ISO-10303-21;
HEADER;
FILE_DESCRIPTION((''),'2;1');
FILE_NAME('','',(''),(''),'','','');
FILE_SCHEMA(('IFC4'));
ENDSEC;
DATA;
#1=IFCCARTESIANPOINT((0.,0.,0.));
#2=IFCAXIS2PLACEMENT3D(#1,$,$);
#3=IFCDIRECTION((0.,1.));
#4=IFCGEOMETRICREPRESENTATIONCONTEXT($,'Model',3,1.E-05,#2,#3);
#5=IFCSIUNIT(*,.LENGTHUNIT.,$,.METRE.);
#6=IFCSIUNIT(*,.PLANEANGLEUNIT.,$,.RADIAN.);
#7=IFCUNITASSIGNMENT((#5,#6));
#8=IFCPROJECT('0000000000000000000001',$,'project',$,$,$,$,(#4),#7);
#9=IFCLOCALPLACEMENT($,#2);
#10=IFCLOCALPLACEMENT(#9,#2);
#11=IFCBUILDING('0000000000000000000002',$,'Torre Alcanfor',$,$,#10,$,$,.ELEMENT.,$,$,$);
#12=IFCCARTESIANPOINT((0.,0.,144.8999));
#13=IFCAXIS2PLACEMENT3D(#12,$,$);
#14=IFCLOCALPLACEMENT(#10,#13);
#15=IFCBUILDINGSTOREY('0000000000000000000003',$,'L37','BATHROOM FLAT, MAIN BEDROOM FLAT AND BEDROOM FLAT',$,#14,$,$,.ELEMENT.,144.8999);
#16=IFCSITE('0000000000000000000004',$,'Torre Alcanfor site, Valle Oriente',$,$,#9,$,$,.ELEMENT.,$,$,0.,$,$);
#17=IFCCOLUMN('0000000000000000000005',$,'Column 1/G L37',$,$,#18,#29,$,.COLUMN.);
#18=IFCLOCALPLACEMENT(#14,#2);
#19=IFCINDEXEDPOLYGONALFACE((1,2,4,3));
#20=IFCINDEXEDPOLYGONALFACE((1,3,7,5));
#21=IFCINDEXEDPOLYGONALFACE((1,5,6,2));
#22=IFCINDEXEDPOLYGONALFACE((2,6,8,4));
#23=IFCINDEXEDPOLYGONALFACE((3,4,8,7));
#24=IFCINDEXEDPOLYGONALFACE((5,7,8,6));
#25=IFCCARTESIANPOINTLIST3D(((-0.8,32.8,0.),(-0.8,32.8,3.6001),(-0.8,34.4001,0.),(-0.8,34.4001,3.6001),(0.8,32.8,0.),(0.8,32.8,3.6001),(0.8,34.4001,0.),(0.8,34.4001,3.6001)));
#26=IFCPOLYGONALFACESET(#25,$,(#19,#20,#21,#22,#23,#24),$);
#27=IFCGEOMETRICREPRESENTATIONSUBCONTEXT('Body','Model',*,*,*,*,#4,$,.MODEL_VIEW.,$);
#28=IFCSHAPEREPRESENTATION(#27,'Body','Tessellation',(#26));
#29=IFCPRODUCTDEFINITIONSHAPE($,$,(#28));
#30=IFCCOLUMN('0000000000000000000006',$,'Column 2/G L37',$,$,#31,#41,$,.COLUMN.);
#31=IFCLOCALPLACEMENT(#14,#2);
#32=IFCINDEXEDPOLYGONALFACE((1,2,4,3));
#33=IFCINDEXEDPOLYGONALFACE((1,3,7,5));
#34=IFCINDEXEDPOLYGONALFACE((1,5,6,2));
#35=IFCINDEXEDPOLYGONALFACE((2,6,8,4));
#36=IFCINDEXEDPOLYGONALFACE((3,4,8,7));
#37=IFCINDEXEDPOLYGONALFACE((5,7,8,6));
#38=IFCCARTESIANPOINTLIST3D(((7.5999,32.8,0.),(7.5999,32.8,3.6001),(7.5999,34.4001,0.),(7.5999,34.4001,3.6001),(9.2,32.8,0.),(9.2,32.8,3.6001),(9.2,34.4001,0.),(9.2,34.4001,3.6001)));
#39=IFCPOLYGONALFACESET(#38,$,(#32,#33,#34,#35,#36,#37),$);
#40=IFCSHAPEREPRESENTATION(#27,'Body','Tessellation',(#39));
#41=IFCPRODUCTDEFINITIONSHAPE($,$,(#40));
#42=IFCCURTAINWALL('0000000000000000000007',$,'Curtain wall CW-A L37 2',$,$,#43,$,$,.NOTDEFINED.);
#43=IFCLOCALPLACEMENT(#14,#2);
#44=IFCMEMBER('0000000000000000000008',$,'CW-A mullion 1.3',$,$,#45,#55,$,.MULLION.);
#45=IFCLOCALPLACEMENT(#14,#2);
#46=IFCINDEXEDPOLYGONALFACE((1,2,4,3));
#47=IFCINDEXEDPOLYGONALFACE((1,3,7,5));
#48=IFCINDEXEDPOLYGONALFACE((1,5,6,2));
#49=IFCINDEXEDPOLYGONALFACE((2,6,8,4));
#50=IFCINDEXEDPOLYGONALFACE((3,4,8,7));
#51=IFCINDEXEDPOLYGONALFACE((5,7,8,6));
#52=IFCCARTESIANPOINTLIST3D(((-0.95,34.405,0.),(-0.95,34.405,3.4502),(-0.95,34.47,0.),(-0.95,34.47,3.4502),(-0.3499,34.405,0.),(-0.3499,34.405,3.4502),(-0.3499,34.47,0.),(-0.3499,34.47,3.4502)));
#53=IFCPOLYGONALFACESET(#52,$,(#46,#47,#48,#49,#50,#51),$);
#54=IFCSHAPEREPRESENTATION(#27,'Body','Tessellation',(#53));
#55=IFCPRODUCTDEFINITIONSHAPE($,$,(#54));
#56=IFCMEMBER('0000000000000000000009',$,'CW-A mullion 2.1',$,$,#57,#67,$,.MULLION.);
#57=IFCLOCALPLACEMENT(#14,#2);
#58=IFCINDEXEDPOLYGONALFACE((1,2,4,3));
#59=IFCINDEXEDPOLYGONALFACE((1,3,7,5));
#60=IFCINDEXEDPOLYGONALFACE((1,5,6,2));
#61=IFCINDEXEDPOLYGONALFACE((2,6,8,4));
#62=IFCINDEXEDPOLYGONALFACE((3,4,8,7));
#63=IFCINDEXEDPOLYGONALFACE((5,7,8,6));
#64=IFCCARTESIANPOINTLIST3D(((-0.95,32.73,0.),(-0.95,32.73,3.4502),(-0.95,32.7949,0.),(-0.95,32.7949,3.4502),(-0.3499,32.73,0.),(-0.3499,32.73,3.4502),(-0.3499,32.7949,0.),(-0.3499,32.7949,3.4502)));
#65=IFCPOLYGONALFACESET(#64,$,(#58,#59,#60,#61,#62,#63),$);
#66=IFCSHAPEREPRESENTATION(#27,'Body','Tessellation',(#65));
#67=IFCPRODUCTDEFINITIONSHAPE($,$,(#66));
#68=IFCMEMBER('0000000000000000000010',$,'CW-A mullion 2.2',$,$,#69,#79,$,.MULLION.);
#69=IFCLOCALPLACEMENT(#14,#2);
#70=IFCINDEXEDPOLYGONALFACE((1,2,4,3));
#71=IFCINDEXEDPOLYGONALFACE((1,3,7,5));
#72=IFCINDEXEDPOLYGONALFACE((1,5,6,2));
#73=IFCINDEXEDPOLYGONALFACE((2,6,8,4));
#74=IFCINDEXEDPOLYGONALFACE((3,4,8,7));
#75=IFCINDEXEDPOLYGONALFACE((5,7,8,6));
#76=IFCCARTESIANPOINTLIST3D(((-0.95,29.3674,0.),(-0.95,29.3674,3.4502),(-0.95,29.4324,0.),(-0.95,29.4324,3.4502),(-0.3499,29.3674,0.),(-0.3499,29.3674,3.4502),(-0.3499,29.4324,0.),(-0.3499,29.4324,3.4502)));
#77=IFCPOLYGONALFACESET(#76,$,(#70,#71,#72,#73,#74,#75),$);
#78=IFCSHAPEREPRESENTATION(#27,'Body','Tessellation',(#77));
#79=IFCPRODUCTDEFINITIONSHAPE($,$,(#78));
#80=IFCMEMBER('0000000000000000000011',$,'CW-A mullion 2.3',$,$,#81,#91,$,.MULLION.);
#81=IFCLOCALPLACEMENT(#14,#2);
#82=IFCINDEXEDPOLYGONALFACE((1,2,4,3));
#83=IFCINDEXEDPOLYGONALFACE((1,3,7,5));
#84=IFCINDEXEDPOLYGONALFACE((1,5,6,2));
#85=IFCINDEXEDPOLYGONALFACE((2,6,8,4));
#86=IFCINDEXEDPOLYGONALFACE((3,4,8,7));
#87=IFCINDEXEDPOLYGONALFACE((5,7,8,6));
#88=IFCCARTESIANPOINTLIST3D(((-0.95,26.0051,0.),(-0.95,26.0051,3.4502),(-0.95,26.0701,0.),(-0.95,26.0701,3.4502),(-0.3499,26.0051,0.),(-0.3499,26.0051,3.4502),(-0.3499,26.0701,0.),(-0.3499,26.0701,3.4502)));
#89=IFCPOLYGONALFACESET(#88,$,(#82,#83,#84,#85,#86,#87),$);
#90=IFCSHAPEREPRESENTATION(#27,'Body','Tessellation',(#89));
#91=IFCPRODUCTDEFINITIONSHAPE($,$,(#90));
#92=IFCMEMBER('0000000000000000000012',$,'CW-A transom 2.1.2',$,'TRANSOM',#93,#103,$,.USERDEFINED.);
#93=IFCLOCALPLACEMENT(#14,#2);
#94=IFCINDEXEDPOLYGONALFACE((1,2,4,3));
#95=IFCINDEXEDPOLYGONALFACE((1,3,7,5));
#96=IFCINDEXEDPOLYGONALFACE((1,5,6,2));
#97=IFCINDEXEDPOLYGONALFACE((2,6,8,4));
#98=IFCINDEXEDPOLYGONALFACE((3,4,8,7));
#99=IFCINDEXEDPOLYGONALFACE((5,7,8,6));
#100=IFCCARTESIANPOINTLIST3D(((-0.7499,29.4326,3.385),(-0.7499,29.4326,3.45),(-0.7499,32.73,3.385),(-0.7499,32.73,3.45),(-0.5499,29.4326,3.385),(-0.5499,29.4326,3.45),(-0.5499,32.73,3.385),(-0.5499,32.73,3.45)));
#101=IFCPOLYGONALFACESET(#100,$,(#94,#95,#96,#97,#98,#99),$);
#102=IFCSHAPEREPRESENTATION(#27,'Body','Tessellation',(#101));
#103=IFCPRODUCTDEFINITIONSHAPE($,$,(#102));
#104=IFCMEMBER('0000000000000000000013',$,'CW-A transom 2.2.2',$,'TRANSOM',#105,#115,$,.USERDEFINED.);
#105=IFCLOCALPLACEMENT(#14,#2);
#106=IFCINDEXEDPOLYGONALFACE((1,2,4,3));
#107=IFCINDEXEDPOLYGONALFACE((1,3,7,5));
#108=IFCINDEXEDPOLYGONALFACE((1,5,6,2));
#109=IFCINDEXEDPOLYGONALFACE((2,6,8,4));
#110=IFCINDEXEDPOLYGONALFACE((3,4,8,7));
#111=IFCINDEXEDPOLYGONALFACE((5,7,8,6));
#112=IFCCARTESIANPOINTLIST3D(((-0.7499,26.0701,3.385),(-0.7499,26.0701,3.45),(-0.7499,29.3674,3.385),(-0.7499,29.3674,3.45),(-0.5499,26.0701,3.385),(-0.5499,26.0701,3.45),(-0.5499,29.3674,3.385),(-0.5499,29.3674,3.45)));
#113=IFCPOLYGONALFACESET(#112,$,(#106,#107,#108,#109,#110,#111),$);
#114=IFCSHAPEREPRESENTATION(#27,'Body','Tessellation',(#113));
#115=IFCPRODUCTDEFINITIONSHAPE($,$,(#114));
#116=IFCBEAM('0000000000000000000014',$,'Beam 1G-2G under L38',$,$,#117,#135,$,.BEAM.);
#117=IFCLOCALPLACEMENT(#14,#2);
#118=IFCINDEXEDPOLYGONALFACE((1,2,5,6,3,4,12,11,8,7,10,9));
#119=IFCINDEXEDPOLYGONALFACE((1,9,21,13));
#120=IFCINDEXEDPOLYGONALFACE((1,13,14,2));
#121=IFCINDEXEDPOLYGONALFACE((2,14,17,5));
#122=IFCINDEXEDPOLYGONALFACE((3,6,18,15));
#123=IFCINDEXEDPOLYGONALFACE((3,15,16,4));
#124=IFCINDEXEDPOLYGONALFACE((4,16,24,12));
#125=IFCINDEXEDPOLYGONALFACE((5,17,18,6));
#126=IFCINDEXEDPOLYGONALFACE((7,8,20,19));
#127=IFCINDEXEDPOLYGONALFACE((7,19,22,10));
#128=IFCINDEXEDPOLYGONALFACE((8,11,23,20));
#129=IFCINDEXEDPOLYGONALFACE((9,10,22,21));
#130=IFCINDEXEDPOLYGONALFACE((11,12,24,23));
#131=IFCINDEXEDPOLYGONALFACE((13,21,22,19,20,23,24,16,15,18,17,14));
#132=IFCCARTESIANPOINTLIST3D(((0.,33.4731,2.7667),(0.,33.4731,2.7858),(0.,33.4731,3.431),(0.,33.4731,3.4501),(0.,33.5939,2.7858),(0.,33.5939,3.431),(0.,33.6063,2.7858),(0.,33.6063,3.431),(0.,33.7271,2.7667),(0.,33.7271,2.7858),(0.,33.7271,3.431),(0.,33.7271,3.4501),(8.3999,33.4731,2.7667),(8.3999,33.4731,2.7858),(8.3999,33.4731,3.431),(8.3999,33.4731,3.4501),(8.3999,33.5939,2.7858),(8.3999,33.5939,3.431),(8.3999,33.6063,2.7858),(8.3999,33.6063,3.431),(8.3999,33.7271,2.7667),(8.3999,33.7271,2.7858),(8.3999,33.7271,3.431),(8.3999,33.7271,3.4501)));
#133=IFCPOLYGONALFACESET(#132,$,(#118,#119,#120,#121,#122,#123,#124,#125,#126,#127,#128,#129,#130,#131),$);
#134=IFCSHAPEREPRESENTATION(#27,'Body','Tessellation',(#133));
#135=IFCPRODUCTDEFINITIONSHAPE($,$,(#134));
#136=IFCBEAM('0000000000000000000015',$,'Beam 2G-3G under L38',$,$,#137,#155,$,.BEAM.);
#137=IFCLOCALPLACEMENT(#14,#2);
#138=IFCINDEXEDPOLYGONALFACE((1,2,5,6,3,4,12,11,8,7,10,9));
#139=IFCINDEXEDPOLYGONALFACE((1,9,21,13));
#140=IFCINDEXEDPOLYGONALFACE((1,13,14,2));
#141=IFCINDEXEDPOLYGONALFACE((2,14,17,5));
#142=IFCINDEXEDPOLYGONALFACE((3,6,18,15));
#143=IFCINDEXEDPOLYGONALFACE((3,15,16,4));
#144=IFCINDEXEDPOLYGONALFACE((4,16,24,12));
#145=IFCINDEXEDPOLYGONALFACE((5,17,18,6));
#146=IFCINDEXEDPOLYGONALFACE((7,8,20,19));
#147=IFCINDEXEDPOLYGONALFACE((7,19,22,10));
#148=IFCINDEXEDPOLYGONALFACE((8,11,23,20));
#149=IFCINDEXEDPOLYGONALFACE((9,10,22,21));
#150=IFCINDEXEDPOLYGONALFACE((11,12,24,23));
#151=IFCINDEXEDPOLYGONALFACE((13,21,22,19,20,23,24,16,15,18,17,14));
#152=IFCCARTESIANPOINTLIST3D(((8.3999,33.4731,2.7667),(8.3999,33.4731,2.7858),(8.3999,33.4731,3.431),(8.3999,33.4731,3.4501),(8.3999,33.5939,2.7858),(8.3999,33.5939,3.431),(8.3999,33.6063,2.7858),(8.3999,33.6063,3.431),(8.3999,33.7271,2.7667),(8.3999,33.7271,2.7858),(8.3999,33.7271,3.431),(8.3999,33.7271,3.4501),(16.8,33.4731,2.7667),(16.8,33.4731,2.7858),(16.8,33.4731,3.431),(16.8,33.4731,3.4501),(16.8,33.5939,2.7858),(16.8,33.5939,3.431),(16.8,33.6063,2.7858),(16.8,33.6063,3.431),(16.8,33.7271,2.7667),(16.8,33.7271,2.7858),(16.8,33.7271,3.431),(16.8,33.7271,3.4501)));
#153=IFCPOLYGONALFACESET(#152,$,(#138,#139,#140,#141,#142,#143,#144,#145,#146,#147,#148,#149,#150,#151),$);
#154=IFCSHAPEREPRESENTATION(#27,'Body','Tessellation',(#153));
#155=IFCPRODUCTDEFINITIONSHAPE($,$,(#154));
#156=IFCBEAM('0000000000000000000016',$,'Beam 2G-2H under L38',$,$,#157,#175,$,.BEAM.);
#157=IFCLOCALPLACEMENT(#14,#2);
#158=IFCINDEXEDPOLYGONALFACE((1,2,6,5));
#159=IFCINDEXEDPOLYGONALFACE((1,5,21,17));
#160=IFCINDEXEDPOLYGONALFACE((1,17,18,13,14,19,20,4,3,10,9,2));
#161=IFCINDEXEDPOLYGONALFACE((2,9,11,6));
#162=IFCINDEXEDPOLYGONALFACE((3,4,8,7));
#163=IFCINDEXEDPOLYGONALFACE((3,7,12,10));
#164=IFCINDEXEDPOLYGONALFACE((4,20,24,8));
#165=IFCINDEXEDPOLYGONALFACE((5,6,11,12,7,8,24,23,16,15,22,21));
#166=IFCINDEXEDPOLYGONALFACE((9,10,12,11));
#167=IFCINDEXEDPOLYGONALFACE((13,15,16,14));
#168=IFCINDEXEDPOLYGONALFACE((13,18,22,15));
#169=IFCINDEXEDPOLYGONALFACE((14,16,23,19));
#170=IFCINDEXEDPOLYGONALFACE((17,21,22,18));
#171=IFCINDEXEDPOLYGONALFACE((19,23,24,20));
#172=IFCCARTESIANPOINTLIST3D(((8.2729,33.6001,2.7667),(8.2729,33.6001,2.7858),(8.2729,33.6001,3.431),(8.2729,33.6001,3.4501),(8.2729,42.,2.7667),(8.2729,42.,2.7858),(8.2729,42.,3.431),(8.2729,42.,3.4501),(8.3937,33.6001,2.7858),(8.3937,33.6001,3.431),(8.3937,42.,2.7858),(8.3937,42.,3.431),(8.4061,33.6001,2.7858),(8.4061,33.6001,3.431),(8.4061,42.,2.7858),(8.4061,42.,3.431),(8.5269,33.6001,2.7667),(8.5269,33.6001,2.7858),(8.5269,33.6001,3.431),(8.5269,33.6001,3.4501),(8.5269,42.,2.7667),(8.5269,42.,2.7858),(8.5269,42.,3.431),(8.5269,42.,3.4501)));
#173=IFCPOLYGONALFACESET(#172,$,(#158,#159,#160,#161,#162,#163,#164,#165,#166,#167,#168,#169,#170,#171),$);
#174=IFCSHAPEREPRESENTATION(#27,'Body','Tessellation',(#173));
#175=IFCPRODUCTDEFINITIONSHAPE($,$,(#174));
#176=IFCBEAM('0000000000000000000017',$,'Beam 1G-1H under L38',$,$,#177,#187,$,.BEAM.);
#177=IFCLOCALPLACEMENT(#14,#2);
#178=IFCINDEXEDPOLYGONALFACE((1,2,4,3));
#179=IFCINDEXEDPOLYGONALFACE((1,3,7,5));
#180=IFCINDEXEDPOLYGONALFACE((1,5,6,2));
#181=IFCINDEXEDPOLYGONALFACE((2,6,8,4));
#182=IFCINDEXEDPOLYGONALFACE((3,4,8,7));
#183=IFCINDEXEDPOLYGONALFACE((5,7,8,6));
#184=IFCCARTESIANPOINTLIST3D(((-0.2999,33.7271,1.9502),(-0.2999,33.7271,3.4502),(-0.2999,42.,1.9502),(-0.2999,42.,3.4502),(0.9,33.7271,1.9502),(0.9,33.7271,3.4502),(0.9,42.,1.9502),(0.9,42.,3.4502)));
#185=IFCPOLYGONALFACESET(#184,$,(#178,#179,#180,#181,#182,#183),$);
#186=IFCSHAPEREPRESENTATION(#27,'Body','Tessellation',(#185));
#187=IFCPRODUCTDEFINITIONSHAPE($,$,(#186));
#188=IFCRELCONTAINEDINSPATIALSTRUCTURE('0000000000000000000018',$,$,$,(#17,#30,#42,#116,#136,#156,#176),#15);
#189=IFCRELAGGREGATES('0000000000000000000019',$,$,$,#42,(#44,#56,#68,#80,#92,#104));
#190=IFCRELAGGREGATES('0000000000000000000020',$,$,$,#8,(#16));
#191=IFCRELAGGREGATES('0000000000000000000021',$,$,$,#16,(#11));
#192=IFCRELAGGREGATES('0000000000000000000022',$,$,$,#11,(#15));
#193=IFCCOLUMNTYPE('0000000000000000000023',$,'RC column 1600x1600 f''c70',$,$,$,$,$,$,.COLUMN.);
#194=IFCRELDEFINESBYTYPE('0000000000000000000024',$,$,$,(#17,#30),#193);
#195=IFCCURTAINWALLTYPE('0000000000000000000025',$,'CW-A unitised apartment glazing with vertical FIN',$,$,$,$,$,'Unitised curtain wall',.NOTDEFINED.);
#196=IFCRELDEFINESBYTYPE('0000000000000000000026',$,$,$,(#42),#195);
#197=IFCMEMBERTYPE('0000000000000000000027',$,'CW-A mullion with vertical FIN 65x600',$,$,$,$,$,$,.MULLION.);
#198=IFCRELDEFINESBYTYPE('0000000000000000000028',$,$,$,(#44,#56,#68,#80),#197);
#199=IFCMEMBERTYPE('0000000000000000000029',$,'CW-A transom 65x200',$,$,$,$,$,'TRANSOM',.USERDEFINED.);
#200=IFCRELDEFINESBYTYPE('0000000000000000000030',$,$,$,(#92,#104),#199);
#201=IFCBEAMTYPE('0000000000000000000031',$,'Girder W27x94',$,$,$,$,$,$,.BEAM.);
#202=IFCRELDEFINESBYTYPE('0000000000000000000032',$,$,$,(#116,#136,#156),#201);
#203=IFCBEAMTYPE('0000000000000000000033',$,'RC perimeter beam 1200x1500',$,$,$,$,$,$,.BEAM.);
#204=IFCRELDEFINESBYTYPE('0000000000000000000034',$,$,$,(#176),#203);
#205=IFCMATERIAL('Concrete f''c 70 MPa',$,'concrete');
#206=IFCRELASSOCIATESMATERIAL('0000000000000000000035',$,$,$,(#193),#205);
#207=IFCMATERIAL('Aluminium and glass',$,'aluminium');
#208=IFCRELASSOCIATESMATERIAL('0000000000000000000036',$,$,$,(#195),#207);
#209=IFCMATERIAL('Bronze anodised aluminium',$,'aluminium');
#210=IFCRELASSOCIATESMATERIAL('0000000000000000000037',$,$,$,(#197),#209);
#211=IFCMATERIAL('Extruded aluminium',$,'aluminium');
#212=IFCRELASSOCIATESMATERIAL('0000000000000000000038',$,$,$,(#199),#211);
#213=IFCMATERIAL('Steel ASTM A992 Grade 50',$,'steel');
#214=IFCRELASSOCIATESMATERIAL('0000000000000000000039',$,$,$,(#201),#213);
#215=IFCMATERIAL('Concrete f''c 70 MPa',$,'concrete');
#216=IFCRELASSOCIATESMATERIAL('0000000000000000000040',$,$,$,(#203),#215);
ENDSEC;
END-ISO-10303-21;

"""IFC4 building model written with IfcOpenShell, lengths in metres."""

from ifc_helpers import new_model, si_unit, direction, frame, origin, origin_2d, place, context, subcontext, project, spatial, rectangle, i_section, extrude, material, material_profile, profile_set, type_object, element, aggregate, save


model = new_model("IFC4")

# Units and contexts
model_context = context("Model", 3, precision=1e-05, world=origin(), true_north=direction((0.0, 1.0)))
body_context = subcontext(model_context, "Body", "Model", "MODEL_VIEW")
ifc_project = project(units=[si_unit("LENGTHUNIT", "METRE"), si_unit("PLANEANGLEUNIT", "RADIAN")], contexts=[model_context])

# Site, building, storey
site_placement = place(None, origin())
site = spatial("IfcSite", under=ifc_project, at=site_placement, Name="Torre Alcanfor site, Valle Oriente", CompositionType="ELEMENT", RefElevation=0.0)
building_placement = place(site_placement, origin())
building = spatial("IfcBuilding", under=site, at=building_placement, Name="Torre Alcanfor", CompositionType="ELEMENT")
storey_placement = place(building_placement, frame((0.0, 0.0, 144.8999)))
storey = spatial("IfcBuildingStorey", under=building, at=storey_placement, Name="L37", Description="BATHROOM FLAT, MAIN BEDROOM FLAT AND BEDROOM FLAT", CompositionType="ELEMENT", Elevation=144.8999)

# Columns
ifc_material_1 = material(Name="Concrete f'c 70 MPa", Category="concrete")
ifc_material_profile_1 = material_profile(ifc_material_1, rectangle(XDim=1.6001, YDim=1.6001, at=origin_2d()), Name="1600x1600")
ifc_profile_set_1 = profile_set([ifc_material_profile_1], Name="Concrete f'c 70 MPa")
column_type = type_object("IfcColumnType", Name="RC column 1600x1600 f'c70", PredefinedType="COLUMN", material=ifc_profile_set_1)
for number, where, z_axis, x_axis, name in (
    (1, (0.0, 33.6001, 0.0), (0.0, 0.0, 1.0), (1.0, 0.0, 0.0), "Column 1/G L37"),
    (2, (8.3999, 33.6001, 0.0), (0.0, 0.0, 1.0), (1.0, 0.0, 0.0), "Column 2/G L37"),
):
    element("IfcColumn", number, at=place(storey_placement, frame(where, z_axis=z_axis, x_axis=x_axis)), inside=storey, type_object=column_type, Name=name, PredefinedType="COLUMN", context=body_context, shape_type="SweptSolid", body=[
        extrude(rectangle(XDim=1.6001, YDim=1.6001, at=origin_2d()), origin(), (0.0, 0.0, 1.0), 3.6001),
    ])

# Curtain wall, members
ifc_material_2 = material(Name="Aluminium and glass", Category="aluminium")
curtain_wall_type = type_object("IfcCurtainWallType", Name="CW-A unitised apartment glazing with vertical FIN", ElementType="Unitised curtain wall", PredefinedType="NOTDEFINED", material=ifc_material_2)
curtain_wall_placement = place(storey_placement, origin())
curtain_wall = element("IfcCurtainWall", 3, at=curtain_wall_placement, inside=storey, type_object=curtain_wall_type, Name="Curtain wall CW-A L37 2", PredefinedType="NOTDEFINED")
ifc_material_3 = material(Name="Bronze anodised aluminium", Category="aluminium")
ifc_material_profile_2 = material_profile(ifc_material_3, rectangle(XDim=0.6001, YDim=0.0649, at=origin_2d()), Name="CW-A mullion 65x600")
ifc_profile_set_2 = profile_set([ifc_material_profile_2], Name="Bronze anodised aluminium")
member_type_1 = type_object("IfcMemberType", Name="CW-A mullion with vertical FIN 65x600", PredefinedType="MULLION", material=ifc_profile_set_2)
member_1_placement = place(storey_placement, frame((-0.6499, 34.4375, 0.0), z_axis=(0.0, 0.0, 1.0), x_axis=(1.0, 0.0, 0.0)))
member_1 = element("IfcMember", 4, at=member_1_placement, type_object=member_type_1, Name="CW-A mullion 1.3", PredefinedType="MULLION", context=body_context, shape_type="SweptSolid", body=[
    extrude(rectangle(XDim=0.6001, YDim=0.0649, at=origin_2d()), origin(), (0.0, 0.0, 1.0), 3.4502),
])
member_2_placement = place(storey_placement, frame((-0.6499, 32.7625, 0.0), z_axis=(0.0, 0.0, 1.0), x_axis=(1.0, 0.0, 0.0)))
member_2 = element("IfcMember", 5, at=member_2_placement, type_object=member_type_1, Name="CW-A mullion 2.1", PredefinedType="MULLION", context=body_context, shape_type="SweptSolid", body=[
    extrude(rectangle(XDim=0.6001, YDim=0.0649, at=origin_2d()), origin(), (0.0, 0.0, 1.0), 3.4502),
])
member_3_placement = place(storey_placement, frame((-0.6499, 29.3999, 0.0), z_axis=(0.0, 0.0, 1.0), x_axis=(1.0, 0.0, 0.0)))
member_3 = element("IfcMember", 6, at=member_3_placement, type_object=member_type_1, Name="CW-A mullion 2.2", PredefinedType="MULLION", context=body_context, shape_type="SweptSolid", body=[
    extrude(rectangle(XDim=0.6001, YDim=0.0649, at=origin_2d()), origin(), (0.0, 0.0, 1.0), 3.4502),
])
member_4_placement = place(storey_placement, frame((-0.6499, 26.0376, 0.0), z_axis=(0.0, 0.0, 1.0), x_axis=(1.0, 0.0, 0.0)))
member_4 = element("IfcMember", 7, at=member_4_placement, type_object=member_type_1, Name="CW-A mullion 2.3", PredefinedType="MULLION", context=body_context, shape_type="SweptSolid", body=[
    extrude(rectangle(XDim=0.6001, YDim=0.0649, at=origin_2d()), origin(), (0.0, 0.0, 1.0), 3.4502),
])
ifc_material_4 = material(Name="Extruded aluminium", Category="aluminium")
ifc_material_profile_3 = material_profile(ifc_material_4, rectangle(XDim=0.2, YDim=0.0649, at=origin_2d()), Name="CW-A transom 200x65")
ifc_profile_set_3 = profile_set([ifc_material_profile_3], Name="Extruded aluminium")
member_type_2 = type_object("IfcMemberType", Name="CW-A transom 65x200", ElementType="TRANSOM", PredefinedType="USERDEFINED", material=ifc_profile_set_3)
member_5_placement = place(storey_placement, frame((-0.6499, 32.73, 3.4175), z_axis=(0.0, -1.0, 0.0), x_axis=(1.0, 0.0, 0.0)))
member_5 = element("IfcMember", 8, at=member_5_placement, type_object=member_type_2, Name="CW-A transom 2.1.2", ObjectType="TRANSOM", PredefinedType="USERDEFINED", context=body_context, shape_type="SweptSolid", body=[
    extrude(rectangle(XDim=0.2, YDim=0.0649, at=origin_2d()), origin(), (0.0, 0.0, 1.0), 3.2974),
])
member_6_placement = place(storey_placement, frame((-0.6499, 29.3674, 3.4175), z_axis=(0.0, -1.0, 0.0), x_axis=(1.0, 0.0, 0.0)))
member_6 = element("IfcMember", 9, at=member_6_placement, type_object=member_type_2, Name="CW-A transom 2.2.2", ObjectType="TRANSOM", PredefinedType="USERDEFINED", context=body_context, shape_type="SweptSolid", body=[
    extrude(rectangle(XDim=0.2, YDim=0.0649, at=origin_2d()), origin(), (0.0, 0.0, 1.0), 3.2974),
])

# Beams
ifc_material_5 = material(Name="Steel ASTM A992 Grade 50", Category="steel")
ifc_material_profile_4 = material_profile(ifc_material_5, i_section(OverallWidth=0.2539, OverallDepth=0.6833, WebThickness=0.0125, FlangeThickness=0.019, at=origin_2d()), Name="W27x94")
ifc_profile_set_4 = profile_set([ifc_material_profile_4], Name="Steel ASTM A992 Grade 50")
beam_type_1 = type_object("IfcBeamType", Name="Girder W27x94", PredefinedType="BEAM", material=ifc_profile_set_4)
beam_1_placement = place(storey_placement, frame((0.0, 33.6001, 3.1084), z_axis=(1.0, 0.0, 0.0), x_axis=(0.0, 1.0, 0.0)))
element("IfcBeam", 10, at=beam_1_placement, inside=storey, type_object=beam_type_1, Name="Beam 1G-2G under L38", PredefinedType="BEAM", context=body_context, shape_type="SweptSolid", body=[
    extrude(i_section(OverallWidth=0.2539, OverallDepth=0.6833, WebThickness=0.0125, FlangeThickness=0.019, at=origin_2d()), origin(), (0.0, 0.0, 1.0), 8.3999),
])
beam_2_placement = place(storey_placement, frame((8.3999, 33.6001, 3.1084), z_axis=(1.0, 0.0, 0.0), x_axis=(0.0, 1.0, 0.0)))
element("IfcBeam", 11, at=beam_2_placement, inside=storey, type_object=beam_type_1, Name="Beam 2G-3G under L38", PredefinedType="BEAM", context=body_context, shape_type="SweptSolid", body=[
    extrude(i_section(OverallWidth=0.2539, OverallDepth=0.6833, WebThickness=0.0125, FlangeThickness=0.019, at=origin_2d()), origin(), (0.0, 0.0, 1.0), 8.4001),
])
beam_3_placement = place(storey_placement, frame((8.3999, 33.6001, 3.1084), z_axis=(0.0, 1.0, 0.0), x_axis=(-1.0, 0.0, 0.0)))
element("IfcBeam", 12, at=beam_3_placement, inside=storey, type_object=beam_type_1, Name="Beam 2G-2H under L38", PredefinedType="BEAM", context=body_context, shape_type="SweptSolid", body=[
    extrude(i_section(OverallWidth=0.2539, OverallDepth=0.6833, WebThickness=0.0125, FlangeThickness=0.019, at=origin_2d()), origin(), (0.0, 0.0, 1.0), 8.3999),
])
ifc_material_6 = material(Name="Concrete f'c 70 MPa", Category="concrete")
ifc_material_profile_5 = material_profile(ifc_material_6, rectangle(XDim=1.2, YDim=1.5, at=origin_2d()), Name="1200x1500")
ifc_profile_set_5 = profile_set([ifc_material_profile_5], Name="Concrete f'c 70 MPa")
beam_type_2 = type_object("IfcBeamType", Name="RC perimeter beam 1200x1500", PredefinedType="BEAM", material=ifc_profile_set_5)
beam_4_placement = place(storey_placement, frame((0.3, 33.7271, 2.7002), z_axis=(0.0, 1.0, 0.0), x_axis=(-1.0, 0.0, 0.0)))
element("IfcBeam", 13, at=beam_4_placement, inside=storey, type_object=beam_type_2, Name="Beam 1G-1H under L38", PredefinedType="BEAM", context=body_context, shape_type="SweptSolid", body=[
    extrude(rectangle(XDim=1.2, YDim=1.5, at=origin_2d()), origin(), (0.0, 0.0, 1.0), 8.2729),
])

aggregate(curtain_wall, [member_1, member_2, member_3, member_4, member_5, member_6])

save(model, "model.ifc")
